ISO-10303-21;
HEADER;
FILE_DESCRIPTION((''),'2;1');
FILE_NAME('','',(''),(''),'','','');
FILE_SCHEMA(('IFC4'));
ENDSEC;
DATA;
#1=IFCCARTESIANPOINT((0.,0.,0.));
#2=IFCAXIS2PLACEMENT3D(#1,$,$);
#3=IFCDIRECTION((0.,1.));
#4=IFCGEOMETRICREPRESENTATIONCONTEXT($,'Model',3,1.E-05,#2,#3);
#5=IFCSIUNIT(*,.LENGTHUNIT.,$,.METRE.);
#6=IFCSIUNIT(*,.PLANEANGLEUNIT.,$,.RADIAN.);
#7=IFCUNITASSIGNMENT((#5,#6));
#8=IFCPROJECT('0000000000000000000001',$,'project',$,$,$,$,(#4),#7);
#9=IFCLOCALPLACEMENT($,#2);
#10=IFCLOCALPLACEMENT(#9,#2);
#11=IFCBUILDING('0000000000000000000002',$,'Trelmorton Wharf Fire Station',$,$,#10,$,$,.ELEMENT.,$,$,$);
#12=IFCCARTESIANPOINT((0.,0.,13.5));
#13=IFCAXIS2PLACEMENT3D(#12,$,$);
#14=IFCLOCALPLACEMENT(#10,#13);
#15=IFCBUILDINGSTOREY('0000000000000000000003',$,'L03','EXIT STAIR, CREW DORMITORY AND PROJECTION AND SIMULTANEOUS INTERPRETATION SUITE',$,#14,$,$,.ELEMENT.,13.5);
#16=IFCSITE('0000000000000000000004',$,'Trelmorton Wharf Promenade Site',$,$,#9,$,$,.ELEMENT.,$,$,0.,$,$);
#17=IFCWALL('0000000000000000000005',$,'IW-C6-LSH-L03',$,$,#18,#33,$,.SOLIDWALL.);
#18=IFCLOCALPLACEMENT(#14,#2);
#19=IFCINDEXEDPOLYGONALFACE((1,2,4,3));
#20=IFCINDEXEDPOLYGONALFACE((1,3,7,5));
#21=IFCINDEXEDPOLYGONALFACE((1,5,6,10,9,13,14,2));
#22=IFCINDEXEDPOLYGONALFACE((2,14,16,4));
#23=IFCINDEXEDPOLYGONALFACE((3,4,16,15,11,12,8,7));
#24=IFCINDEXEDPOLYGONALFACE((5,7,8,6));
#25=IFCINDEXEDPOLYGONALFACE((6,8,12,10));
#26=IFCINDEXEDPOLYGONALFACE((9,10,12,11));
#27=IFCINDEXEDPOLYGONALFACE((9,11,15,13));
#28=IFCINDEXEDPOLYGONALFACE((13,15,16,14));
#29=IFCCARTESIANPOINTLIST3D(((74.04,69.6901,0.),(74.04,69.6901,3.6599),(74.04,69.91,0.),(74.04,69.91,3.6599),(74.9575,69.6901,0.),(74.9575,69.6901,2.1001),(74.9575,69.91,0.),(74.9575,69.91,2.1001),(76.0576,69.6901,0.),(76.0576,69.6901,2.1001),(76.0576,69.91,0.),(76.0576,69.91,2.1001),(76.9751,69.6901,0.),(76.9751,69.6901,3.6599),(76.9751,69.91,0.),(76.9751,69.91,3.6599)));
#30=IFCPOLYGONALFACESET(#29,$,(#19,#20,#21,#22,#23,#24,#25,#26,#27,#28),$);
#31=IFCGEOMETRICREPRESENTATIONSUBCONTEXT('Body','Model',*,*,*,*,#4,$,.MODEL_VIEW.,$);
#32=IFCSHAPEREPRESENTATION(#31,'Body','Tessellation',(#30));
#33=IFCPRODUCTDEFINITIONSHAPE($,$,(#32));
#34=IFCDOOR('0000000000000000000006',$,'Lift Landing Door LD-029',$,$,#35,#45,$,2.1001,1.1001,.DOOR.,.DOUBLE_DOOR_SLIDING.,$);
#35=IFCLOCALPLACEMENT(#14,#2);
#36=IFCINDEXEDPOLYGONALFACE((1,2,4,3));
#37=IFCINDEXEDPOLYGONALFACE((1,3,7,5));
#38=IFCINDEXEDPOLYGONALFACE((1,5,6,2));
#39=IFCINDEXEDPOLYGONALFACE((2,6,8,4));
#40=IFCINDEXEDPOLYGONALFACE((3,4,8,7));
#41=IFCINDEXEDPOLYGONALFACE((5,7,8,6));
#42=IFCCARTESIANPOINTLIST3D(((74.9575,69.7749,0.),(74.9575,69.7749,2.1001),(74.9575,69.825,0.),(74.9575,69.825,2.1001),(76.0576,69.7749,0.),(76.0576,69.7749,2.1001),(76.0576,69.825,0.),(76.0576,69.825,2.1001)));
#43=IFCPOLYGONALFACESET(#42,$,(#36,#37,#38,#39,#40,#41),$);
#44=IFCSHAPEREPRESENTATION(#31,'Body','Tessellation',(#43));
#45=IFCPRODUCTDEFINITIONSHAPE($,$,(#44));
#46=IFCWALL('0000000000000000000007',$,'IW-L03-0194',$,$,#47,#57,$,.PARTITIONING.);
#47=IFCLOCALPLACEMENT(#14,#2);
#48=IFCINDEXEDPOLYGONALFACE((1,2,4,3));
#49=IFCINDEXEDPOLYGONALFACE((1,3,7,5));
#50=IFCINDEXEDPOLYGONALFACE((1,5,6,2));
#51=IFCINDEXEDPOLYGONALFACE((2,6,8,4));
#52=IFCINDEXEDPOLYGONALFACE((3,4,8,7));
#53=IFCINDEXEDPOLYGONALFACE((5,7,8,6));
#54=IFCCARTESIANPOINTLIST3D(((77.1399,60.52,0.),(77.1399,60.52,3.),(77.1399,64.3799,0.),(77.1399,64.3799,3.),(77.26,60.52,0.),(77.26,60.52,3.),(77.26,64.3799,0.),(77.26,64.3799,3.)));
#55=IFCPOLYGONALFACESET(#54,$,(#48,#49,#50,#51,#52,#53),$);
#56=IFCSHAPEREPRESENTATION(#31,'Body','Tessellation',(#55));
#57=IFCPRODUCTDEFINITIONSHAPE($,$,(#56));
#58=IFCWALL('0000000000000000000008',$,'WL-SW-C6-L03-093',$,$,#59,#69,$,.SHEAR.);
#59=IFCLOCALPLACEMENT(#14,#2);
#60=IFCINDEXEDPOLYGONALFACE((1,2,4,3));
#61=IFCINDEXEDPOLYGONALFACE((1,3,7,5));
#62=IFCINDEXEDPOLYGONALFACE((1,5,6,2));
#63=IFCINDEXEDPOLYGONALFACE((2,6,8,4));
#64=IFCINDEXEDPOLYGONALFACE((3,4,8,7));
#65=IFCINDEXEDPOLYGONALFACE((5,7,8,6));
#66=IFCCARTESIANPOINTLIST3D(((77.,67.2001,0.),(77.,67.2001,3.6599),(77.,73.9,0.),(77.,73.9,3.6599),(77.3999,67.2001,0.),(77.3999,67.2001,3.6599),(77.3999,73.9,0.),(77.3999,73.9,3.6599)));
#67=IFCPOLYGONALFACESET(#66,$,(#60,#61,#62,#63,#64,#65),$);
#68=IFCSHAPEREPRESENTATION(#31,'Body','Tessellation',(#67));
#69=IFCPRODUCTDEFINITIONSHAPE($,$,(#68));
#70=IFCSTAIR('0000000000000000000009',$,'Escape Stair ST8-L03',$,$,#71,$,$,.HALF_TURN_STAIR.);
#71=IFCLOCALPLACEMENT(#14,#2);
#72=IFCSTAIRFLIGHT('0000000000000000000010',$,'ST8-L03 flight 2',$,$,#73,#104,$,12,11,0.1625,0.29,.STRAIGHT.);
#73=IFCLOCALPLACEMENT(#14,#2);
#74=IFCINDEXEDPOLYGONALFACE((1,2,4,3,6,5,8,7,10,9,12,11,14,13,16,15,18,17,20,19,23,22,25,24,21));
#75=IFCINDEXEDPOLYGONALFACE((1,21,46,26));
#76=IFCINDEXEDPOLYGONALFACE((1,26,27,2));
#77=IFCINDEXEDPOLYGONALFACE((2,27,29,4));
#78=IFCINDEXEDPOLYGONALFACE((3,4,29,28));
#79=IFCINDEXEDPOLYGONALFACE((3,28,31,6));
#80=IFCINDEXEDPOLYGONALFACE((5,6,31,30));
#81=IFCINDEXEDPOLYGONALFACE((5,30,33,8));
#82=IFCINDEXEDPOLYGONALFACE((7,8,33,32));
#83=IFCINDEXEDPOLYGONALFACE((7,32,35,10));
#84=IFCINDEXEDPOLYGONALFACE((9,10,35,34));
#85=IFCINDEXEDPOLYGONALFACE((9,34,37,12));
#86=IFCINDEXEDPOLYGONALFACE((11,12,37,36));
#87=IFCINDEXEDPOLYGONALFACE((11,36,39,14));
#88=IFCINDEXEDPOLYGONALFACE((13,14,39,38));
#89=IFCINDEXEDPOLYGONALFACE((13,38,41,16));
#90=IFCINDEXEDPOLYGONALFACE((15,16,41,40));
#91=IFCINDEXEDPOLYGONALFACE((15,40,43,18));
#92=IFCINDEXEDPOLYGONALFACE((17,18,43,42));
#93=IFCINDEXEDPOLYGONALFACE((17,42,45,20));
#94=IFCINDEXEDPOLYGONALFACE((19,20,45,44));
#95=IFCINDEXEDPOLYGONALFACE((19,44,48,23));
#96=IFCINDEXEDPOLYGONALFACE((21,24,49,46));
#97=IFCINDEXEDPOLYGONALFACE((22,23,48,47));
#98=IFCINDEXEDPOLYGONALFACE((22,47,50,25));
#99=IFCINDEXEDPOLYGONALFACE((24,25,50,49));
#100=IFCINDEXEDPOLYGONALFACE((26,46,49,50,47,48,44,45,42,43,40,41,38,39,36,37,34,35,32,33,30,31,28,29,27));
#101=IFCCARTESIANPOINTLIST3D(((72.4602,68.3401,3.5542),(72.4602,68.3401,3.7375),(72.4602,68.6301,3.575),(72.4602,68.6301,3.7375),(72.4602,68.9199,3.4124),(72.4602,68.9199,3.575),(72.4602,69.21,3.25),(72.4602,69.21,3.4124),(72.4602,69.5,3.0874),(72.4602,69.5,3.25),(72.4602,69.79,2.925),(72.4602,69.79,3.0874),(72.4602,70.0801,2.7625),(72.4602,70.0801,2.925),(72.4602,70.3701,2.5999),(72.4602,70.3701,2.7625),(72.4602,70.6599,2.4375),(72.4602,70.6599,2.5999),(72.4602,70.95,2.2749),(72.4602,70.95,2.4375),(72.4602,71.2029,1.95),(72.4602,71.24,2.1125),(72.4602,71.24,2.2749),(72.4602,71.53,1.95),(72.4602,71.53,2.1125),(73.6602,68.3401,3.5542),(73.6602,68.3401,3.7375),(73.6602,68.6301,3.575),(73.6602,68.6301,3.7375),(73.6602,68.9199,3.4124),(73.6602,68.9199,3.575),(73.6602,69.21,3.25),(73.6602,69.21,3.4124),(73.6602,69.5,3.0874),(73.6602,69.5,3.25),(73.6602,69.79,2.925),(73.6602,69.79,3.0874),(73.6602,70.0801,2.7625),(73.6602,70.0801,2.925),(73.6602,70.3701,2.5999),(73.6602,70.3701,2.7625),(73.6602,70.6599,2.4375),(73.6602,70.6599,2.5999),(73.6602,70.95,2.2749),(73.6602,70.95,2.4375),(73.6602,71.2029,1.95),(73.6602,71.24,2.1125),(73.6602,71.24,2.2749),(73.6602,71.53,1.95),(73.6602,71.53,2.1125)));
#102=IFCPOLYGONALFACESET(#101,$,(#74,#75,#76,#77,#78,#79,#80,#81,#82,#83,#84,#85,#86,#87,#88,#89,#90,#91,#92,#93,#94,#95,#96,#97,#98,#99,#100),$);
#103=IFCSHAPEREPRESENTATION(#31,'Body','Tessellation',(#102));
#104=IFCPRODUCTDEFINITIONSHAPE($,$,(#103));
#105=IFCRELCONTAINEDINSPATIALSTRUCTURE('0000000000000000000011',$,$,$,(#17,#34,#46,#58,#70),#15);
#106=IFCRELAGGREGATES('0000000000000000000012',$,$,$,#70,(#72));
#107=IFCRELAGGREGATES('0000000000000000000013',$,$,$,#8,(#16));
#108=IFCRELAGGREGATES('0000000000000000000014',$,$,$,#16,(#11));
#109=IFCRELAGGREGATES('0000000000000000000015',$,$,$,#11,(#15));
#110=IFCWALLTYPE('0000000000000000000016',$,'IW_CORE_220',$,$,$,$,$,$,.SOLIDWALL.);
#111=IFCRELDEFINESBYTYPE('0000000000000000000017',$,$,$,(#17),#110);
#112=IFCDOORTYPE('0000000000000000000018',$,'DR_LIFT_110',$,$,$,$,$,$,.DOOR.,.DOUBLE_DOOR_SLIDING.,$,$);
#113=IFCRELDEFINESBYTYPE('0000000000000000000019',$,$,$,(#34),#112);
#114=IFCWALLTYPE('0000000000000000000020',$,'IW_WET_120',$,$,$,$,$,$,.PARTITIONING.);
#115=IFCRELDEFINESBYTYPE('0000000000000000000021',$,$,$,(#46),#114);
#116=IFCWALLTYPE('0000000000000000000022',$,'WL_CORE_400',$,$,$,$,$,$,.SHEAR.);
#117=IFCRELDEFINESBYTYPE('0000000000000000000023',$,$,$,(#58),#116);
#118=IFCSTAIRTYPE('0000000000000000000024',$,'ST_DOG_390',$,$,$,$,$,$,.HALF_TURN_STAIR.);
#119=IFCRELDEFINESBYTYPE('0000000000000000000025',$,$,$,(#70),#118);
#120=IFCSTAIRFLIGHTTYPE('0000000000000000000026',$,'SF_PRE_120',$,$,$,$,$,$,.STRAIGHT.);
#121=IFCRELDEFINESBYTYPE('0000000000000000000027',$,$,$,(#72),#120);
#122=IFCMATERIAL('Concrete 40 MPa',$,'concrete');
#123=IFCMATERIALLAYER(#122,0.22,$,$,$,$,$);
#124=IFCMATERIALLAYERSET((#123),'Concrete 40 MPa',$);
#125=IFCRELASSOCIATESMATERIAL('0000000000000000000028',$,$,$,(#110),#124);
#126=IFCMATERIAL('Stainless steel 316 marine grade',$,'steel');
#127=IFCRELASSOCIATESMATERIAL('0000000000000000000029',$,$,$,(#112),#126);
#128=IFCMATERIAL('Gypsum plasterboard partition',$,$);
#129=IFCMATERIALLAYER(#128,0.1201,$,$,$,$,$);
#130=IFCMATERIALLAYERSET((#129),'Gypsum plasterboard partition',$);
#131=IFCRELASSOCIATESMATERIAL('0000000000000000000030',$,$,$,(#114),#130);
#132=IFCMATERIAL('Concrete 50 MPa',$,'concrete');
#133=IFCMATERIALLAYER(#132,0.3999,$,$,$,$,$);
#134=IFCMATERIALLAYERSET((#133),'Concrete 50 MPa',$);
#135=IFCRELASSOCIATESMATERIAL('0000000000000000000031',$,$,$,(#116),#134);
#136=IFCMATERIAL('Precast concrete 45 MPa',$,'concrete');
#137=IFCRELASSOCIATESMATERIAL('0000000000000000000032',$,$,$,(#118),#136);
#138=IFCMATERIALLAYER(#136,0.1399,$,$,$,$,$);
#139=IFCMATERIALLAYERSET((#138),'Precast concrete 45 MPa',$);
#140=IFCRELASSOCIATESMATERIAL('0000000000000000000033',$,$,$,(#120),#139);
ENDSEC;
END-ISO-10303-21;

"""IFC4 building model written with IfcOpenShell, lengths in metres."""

from ifc_helpers import new_model, si_unit, direction, frame, frame_2d, origin, place, context, subcontext, project, spatial, polyline, rectangle, outline, extrude, material, layer, layer_set, type_object, element, fill, aggregate, save


model = new_model("IFC4")

# Units and contexts
model_context = context("Model", 3, precision=1e-05, world=origin(), true_north=direction((0.0, 1.0)))
body_context = subcontext(model_context, "Body", "Model", "MODEL_VIEW")
ifc_project = project(units=[si_unit("LENGTHUNIT", "METRE"), si_unit("PLANEANGLEUNIT", "RADIAN")], contexts=[model_context])

# Site, building, storey
site_placement = place(None, origin())
site = spatial("IfcSite", under=ifc_project, at=site_placement, Name="Trelmorton Wharf Promenade Site", CompositionType="ELEMENT", RefElevation=0.0)
building_placement = place(site_placement, origin())
building = spatial("IfcBuilding", under=site, at=building_placement, Name="Trelmorton Wharf Fire Station", CompositionType="ELEMENT")
storey_placement = place(building_placement, frame((0.0, 0.0, 13.5)))
storey = spatial("IfcBuildingStorey", under=building, at=storey_placement, Name="L03", Description="EXIT STAIR, CREW DORMITORY AND PROJECTION AND SIMULTANEOUS INTERPRETATION SUITE", CompositionType="ELEMENT", Elevation=13.5)

# Shared definitions
ifc_material_1 = material(Name="Precast concrete 45 MPa", Category="concrete")

# Shared definitions
ifc_material_2 = material(Name="Concrete 40 MPa", Category="concrete")
ifc_layer_1 = layer(ifc_material_2, 0.22)
ifc_layer_set_1 = layer_set([ifc_layer_1], Name="Concrete 40 MPa")
wall_type_1 = type_object("IfcWallType", Name="IW_CORE_220", PredefinedType="SOLIDWALL", material=ifc_layer_set_1)

# Wall, opening, door
wall_1_placement = place(storey_placement, frame((74.04, 69.8, 0.0), z_axis=(0.0, 0.0, 1.0), x_axis=(1.0, 0.0, 0.0)))
wall_1 = element("IfcWall", 1, at=wall_1_placement, inside=storey, type_object=wall_type_1, Name="IW-C6-LSH-L03", PredefinedType="SOLIDWALL", context=body_context, shape_type="SweptSolid", body=[
    extrude(rectangle(XDim=2.9351, YDim=0.22, at=frame_2d((1.4675, 0.0))), origin(), (0.0, 0.0, 1.0), 3.6599),
])
opening_1_placement = place(wall_1_placement, frame((0.9175, 0.0, 0.0)))
opening_1 = element("IfcOpeningElement", 2, at=opening_1_placement, cuts=wall_1, PredefinedType="OPENING", context=body_context, shape_type="SweptSolid", body=[
    extrude(rectangle(XDim=1.1001, YDim=2.1001, at=frame_2d((0.55, 1.05))), frame((0.0, 0.1201, 0.0), z_axis=(0.0, -1.0, 0.0), x_axis=(1.0, 0.0, 0.0)), (0.0, 0.0, 1.0), 0.24),
])
ifc_material_3 = material(Name="Stainless steel 316 marine grade", Category="steel")
door_type = type_object("IfcDoorType", Name="DR_LIFT_110", OperationType="DOUBLE_DOOR_SLIDING", PredefinedType="DOOR", material=ifc_material_3)
door_placement = place(opening_1_placement, origin())
door = element("IfcDoor", 3, at=door_placement, inside=storey, type_object=door_type, Name="Lift Landing Door LD-029", OperationType="DOUBLE_DOOR_SLIDING", OverallHeight=2.1001, OverallWidth=1.1001, PredefinedType="DOOR", context=body_context, shape_type="SweptSolid", body=[
    extrude(rectangle(XDim=1.1001, YDim=2.1001, at=frame_2d((0.55, 1.05))), frame((0.0, 0.0249, 0.0), z_axis=(0.0, -1.0, 0.0), x_axis=(1.0, 0.0, 0.0)), (0.0, 0.0, 1.0), 0.05),
])
fill(opening_1, door)

# Walls
ifc_material_4 = material(Name="Gypsum plasterboard partition")
ifc_layer_2 = layer(ifc_material_4, 0.1201)
ifc_layer_set_2 = layer_set([ifc_layer_2], Name="Gypsum plasterboard partition")
wall_type_2 = type_object("IfcWallType", Name="IW_WET_120", PredefinedType="PARTITIONING", material=ifc_layer_set_2)
wall_2_placement = place(storey_placement, frame((77.2, 60.52, 0.0), z_axis=(0.0, 0.0, 1.0), x_axis=(0.0, 1.0, 0.0)))
element("IfcWall", 4, at=wall_2_placement, inside=storey, type_object=wall_type_2, Name="IW-L03-0194", PredefinedType="PARTITIONING", context=body_context, shape_type="SweptSolid", body=[
    extrude(rectangle(XDim=3.8599, YDim=0.1201, at=frame_2d((1.9299, 0.0))), origin(), (0.0, 0.0, 1.0), 3.0),
])
ifc_material_5 = material(Name="Concrete 50 MPa", Category="concrete")
ifc_layer_3 = layer(ifc_material_5, 0.3999)
ifc_layer_set_3 = layer_set([ifc_layer_3], Name="Concrete 50 MPa")
wall_type_3 = type_object("IfcWallType", Name="WL_CORE_400", PredefinedType="SHEAR", material=ifc_layer_set_3)
wall_3_placement = place(storey_placement, frame((77.2, 67.2, 0.0), z_axis=(0.0, 0.0, 1.0), x_axis=(0.0, 1.0, 0.0)))
element("IfcWall", 5, at=wall_3_placement, inside=storey, type_object=wall_type_3, Name="WL-SW-C6-L03-093", PredefinedType="SHEAR", context=body_context, shape_type="SweptSolid", body=[
    extrude(rectangle(XDim=6.7, YDim=0.3999, at=frame_2d((3.3501, 0.0))), origin(), (0.0, 0.0, 1.0), 3.6599),
])

# Stair, stair flight
stair_type = type_object("IfcStairType", Name="ST_DOG_390", PredefinedType="HALF_TURN_STAIR", material=ifc_material_1)
stair_placement = place(storey_placement, origin())
stair = element("IfcStair", 6, at=stair_placement, inside=storey, type_object=stair_type, Name="Escape Stair ST8-L03", PredefinedType="HALF_TURN_STAIR")
ifc_layer_4 = layer(ifc_material_1, 0.1399)
ifc_layer_set_4 = layer_set([ifc_layer_4], Name="Precast concrete 45 MPa")
stair_flight_type = type_object("IfcStairFlightType", Name="SF_PRE_120", PredefinedType="STRAIGHT", material=ifc_layer_set_4)
stair_flight_placement = place(storey_placement, frame((73.0601, 71.53, 1.95), z_axis=(0.0, 0.0, 1.0), x_axis=(0.0, -1.0, 0.0)))
stair_flight = element("IfcStairFlight", 7, at=stair_flight_placement, type_object=stair_flight_type, Name="ST8-L03 flight 2", NumberOfRisers=12, NumberOfTreads=11, PredefinedType="STRAIGHT", RiserHeight=0.1625, TreadLength=0.29, context=body_context, shape_type="SweptSolid", body=[
    extrude(outline(polyline([(0.0, 0.0), (0.0, 0.1626), (0.29, 0.1626), (0.29, 0.325), (0.5801, 0.325), (0.5801, 0.4875), (0.8701, 0.4875), (0.8701, 0.6499), (1.1599, 0.6499), (1.1599, 0.8125), (1.45, 0.8125), (1.45, 0.9751), (1.74, 0.9751), (1.74, 1.1375), (2.03, 1.1375), (2.03, 1.3), (2.3201, 1.3), (2.3201, 1.4624), (2.6101, 1.4624), (2.6101, 1.625), (2.8999, 1.625), (2.8999, 1.7876), (3.1899, 1.7876), (3.1899, 1.95), (3.1899, 1.6042), (0.3271, 0.0), (0.0, 0.0)])), frame((0.0, 0.6001, 0.0), z_axis=(0.0, -1.0, 0.0), x_axis=(1.0, 0.0, 0.0)), (0.0, 0.0, 1.0), 1.2),
])
aggregate(stair, [stair_flight])

save(model, "model.ifc")
